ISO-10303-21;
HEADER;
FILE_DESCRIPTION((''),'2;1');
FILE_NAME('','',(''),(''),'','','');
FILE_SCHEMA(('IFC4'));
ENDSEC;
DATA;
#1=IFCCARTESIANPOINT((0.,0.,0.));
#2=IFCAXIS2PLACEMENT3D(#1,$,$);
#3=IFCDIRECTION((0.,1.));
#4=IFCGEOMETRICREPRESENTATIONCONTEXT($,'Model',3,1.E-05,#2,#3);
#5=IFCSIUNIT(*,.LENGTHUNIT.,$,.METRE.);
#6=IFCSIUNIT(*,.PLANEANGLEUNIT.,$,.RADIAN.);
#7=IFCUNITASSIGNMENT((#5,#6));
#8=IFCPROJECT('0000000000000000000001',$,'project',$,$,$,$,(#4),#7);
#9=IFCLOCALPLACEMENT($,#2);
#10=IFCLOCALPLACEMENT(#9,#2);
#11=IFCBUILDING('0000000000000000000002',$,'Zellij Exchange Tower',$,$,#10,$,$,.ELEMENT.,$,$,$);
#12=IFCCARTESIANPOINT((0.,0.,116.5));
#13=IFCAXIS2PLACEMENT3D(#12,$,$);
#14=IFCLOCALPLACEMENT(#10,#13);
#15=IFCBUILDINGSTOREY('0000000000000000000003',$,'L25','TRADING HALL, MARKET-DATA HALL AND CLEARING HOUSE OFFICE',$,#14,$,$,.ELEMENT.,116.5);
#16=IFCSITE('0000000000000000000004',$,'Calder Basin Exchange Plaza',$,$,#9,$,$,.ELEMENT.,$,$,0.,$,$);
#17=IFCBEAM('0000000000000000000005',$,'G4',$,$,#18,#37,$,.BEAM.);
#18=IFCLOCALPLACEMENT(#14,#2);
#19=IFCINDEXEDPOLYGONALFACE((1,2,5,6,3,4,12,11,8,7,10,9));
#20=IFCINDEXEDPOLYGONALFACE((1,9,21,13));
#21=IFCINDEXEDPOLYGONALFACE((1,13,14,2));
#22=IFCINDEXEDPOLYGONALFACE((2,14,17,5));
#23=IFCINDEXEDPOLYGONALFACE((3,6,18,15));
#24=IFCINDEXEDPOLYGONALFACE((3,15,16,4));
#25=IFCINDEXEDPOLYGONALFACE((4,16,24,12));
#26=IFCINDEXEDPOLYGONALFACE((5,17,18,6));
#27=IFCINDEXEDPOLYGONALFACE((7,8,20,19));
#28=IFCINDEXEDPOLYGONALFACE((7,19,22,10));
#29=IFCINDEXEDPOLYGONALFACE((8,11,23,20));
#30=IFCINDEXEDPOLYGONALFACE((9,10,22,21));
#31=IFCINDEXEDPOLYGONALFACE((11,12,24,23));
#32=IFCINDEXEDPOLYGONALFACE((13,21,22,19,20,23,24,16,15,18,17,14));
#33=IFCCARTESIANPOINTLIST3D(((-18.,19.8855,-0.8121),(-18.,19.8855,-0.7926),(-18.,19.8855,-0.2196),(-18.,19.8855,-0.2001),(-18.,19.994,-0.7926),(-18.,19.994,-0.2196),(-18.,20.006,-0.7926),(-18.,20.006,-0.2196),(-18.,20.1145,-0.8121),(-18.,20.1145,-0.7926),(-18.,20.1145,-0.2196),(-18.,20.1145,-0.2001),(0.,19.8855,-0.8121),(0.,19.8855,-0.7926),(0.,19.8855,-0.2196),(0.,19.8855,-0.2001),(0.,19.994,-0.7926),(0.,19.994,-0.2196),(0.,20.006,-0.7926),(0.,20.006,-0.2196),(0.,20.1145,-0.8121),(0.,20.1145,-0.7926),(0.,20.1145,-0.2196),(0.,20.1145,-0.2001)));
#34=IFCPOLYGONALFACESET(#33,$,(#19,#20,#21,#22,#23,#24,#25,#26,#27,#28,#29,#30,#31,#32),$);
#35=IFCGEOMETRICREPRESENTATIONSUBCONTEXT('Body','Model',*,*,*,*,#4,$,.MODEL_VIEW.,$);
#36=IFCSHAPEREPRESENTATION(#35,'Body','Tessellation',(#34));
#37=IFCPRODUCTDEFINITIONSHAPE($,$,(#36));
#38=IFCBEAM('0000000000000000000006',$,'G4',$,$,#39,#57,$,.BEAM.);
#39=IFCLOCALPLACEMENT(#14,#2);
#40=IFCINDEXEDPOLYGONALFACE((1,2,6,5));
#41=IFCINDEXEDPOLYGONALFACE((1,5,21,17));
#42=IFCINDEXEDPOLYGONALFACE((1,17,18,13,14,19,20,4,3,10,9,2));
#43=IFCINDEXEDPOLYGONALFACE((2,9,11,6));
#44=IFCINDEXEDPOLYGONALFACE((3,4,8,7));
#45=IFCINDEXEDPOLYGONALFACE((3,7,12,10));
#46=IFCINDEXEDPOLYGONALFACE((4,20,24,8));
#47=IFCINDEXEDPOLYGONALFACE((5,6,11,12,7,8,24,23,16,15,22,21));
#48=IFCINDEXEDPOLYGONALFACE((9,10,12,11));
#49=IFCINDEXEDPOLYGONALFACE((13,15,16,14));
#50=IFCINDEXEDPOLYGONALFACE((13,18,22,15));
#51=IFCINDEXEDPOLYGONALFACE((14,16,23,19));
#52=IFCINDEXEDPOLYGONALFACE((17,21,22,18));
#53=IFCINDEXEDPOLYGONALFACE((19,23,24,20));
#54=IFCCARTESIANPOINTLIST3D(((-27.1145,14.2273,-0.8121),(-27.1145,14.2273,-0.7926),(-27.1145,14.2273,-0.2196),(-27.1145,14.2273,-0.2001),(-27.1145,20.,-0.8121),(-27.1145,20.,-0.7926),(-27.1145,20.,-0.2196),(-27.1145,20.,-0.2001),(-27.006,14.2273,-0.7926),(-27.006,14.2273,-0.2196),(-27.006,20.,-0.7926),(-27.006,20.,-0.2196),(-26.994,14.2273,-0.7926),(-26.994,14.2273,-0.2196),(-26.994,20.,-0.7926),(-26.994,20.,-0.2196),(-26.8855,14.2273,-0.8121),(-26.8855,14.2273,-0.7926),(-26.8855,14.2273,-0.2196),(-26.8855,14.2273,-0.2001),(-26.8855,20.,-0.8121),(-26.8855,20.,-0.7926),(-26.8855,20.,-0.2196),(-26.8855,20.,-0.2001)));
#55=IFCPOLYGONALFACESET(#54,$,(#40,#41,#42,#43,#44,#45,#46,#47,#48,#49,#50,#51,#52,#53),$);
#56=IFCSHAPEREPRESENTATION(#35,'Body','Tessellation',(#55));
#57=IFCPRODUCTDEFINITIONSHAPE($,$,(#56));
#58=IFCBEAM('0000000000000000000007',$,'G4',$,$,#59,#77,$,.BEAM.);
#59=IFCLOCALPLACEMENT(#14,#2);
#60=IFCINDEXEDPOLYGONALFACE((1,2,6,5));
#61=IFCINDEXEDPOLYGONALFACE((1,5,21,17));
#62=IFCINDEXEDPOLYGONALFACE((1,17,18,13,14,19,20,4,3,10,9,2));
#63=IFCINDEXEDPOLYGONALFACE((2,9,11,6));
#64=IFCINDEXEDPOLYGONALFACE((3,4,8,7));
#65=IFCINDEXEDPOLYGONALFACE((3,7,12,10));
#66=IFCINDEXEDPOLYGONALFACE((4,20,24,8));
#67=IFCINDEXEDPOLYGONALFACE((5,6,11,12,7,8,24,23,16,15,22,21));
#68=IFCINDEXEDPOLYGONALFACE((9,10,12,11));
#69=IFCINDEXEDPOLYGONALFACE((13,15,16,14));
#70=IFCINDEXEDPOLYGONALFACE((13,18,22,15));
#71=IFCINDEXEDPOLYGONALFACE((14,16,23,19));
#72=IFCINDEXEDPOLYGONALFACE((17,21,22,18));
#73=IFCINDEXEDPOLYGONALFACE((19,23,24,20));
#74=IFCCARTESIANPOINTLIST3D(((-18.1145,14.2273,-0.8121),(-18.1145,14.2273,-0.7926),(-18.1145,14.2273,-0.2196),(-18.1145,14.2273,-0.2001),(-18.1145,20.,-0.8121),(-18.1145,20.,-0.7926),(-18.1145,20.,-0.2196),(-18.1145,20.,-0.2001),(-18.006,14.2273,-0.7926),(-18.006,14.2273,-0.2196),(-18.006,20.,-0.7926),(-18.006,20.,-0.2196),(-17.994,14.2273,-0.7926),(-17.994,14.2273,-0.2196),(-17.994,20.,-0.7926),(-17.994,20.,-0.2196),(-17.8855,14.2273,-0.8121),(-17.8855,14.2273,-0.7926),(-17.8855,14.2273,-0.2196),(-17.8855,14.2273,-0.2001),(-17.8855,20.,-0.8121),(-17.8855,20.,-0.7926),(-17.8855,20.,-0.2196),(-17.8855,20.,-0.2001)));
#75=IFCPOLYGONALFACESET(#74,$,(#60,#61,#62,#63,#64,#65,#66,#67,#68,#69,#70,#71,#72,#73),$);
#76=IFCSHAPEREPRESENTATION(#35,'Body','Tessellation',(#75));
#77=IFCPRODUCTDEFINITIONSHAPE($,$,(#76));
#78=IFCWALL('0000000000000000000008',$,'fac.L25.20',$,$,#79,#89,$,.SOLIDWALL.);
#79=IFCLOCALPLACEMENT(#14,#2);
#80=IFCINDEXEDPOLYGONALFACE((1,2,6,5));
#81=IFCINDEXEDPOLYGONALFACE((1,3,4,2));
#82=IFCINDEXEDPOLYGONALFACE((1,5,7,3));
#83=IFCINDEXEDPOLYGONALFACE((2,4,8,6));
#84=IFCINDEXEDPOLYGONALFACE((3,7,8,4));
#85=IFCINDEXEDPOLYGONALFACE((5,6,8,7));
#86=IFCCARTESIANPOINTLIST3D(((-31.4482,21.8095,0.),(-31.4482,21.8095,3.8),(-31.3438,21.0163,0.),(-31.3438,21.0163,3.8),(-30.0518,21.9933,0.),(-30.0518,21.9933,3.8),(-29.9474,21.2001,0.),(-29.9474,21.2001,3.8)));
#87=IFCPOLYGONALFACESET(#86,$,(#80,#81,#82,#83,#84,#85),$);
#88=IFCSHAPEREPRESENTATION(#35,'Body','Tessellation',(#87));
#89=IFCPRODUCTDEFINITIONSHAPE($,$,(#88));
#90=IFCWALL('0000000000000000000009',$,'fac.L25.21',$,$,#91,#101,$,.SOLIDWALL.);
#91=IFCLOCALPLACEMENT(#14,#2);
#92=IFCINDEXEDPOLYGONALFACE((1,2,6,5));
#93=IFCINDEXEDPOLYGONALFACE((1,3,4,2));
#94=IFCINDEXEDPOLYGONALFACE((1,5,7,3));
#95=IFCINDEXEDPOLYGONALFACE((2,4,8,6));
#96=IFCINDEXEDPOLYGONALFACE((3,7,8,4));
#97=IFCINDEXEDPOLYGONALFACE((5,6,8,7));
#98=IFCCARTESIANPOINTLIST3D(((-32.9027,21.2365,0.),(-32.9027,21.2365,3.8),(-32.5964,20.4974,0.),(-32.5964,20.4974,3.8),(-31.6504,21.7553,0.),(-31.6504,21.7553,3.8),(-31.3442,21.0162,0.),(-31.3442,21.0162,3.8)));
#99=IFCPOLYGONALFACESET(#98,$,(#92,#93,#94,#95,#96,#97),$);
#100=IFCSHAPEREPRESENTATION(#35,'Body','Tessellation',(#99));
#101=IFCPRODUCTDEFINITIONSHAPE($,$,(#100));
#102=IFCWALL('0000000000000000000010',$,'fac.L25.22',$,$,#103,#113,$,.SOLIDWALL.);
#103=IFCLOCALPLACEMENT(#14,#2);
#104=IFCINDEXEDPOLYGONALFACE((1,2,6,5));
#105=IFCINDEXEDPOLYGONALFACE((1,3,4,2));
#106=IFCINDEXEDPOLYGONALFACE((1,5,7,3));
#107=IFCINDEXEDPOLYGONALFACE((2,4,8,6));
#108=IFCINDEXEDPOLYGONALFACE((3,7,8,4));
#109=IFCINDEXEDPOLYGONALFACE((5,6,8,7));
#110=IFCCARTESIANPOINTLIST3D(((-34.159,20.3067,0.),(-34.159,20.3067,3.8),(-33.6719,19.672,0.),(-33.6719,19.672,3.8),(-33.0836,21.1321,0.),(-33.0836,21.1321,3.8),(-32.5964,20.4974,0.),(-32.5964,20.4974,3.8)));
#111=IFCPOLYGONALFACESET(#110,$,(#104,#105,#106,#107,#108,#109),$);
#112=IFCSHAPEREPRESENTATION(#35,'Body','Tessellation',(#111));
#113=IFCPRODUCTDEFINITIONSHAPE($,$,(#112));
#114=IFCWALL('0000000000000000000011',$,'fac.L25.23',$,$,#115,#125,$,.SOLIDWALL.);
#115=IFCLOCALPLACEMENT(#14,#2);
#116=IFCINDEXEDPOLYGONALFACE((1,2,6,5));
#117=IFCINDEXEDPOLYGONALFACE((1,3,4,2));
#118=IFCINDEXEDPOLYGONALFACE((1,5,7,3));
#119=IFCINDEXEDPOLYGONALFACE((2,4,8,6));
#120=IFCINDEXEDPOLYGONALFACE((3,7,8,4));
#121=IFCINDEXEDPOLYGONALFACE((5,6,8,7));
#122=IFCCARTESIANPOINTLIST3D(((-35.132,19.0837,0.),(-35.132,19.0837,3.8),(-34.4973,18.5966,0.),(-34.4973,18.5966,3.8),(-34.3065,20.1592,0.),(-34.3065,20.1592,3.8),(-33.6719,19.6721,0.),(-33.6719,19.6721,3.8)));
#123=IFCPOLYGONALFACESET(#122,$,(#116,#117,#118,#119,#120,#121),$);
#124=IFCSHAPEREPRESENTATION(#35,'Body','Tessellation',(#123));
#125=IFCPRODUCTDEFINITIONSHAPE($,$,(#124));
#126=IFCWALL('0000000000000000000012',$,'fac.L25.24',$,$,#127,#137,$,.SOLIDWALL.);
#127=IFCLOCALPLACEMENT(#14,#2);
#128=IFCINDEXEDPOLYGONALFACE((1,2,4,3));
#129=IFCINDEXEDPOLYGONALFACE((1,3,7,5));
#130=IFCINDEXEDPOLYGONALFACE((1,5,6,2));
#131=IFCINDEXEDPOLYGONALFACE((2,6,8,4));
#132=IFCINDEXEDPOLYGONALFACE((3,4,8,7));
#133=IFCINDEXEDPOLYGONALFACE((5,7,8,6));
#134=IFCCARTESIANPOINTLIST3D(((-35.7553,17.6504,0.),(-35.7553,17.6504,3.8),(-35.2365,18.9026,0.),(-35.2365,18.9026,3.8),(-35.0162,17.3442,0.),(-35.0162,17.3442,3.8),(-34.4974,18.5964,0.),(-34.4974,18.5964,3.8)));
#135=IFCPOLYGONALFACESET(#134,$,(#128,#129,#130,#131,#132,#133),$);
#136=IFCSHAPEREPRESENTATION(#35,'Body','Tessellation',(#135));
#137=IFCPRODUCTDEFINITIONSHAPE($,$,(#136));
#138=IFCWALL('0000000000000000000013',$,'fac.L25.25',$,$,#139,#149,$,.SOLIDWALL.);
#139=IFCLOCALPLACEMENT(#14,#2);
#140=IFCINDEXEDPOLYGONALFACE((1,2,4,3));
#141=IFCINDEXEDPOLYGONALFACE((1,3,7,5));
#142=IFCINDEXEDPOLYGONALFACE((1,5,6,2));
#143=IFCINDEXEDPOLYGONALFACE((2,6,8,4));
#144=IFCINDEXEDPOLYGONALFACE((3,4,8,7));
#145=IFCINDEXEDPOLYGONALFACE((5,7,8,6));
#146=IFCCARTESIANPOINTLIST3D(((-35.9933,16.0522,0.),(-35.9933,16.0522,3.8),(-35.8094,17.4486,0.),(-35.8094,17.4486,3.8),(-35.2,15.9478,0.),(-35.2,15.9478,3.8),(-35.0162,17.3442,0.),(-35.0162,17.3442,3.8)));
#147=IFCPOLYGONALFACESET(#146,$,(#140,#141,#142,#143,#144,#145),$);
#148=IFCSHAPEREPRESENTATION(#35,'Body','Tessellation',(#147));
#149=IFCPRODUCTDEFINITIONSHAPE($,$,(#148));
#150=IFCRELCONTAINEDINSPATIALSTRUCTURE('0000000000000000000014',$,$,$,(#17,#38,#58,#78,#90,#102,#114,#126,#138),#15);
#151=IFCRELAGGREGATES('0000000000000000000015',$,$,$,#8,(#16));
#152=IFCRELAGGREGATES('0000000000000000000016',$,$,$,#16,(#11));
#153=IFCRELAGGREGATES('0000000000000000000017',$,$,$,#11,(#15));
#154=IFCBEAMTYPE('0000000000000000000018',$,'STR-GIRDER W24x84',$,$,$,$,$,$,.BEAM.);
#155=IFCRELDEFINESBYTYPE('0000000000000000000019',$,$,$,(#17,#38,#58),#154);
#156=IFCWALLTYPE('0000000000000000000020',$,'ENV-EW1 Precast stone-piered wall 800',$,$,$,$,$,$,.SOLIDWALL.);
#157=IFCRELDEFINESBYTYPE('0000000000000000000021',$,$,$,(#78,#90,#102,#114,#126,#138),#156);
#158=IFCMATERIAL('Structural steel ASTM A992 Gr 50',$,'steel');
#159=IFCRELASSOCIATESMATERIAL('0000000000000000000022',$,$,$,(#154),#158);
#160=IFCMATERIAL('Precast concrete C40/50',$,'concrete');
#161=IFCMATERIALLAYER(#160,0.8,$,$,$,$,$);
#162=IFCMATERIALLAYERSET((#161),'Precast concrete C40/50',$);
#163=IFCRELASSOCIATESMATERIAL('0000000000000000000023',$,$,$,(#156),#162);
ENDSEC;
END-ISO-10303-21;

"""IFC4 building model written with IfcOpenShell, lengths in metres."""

from ifc_helpers import new_model, si_unit, direction, frame, frame_2d, origin, origin_2d, place, context, subcontext, project, spatial, rectangle, i_section, extrude, material, layer, layer_set, material_profile, profile_set, type_object, element, save


model = new_model("IFC4")

# Units and contexts
model_context = context("Model", 3, precision=1e-05, world=origin(), true_north=direction((0.0, 1.0)))
body_context = subcontext(model_context, "Body", "Model", "MODEL_VIEW")
ifc_project = project(units=[si_unit("LENGTHUNIT", "METRE"), si_unit("PLANEANGLEUNIT", "RADIAN")], contexts=[model_context])

# Site, building, storey
site_placement = place(None, origin())
site = spatial("IfcSite", under=ifc_project, at=site_placement, Name="Calder Basin Exchange Plaza", CompositionType="ELEMENT", RefElevation=0.0)
building_placement = place(site_placement, origin())
building = spatial("IfcBuilding", under=site, at=building_placement, Name="Zellij Exchange Tower", CompositionType="ELEMENT")
storey_placement = place(building_placement, frame((0.0, 0.0, 116.5)))
storey = spatial("IfcBuildingStorey", under=building, at=storey_placement, Name="L25", Description="TRADING HALL, MARKET-DATA HALL AND CLEARING HOUSE OFFICE", CompositionType="ELEMENT", Elevation=116.5)

# Beams
ifc_material_1 = material(Name="Structural steel ASTM A992 Gr 50", Category="steel")
ifc_material_profile_1 = material_profile(ifc_material_1, i_section(OverallWidth=0.229, OverallDepth=0.6121, WebThickness=0.012, FlangeThickness=0.0195, at=origin_2d()), Name="W24x84")
ifc_profile_set_1 = profile_set([ifc_material_profile_1], Name="Structural steel ASTM A992 Gr 50")
beam_type = type_object("IfcBeamType", Name="STR-GIRDER W24x84", PredefinedType="BEAM", material=ifc_profile_set_1)
beam_1_placement = place(storey_placement, frame((-18.0, 20.0, -0.5061), z_axis=(1.0, 0.0, 0.0), x_axis=(0.0, 1.0, 0.0)))
element("IfcBeam", 1, at=beam_1_placement, inside=storey, type_object=beam_type, Name="G4", PredefinedType="BEAM", context=body_context, shape_type="SweptSolid", body=[
    extrude(i_section(OverallWidth=0.229, OverallDepth=0.6121, WebThickness=0.012, FlangeThickness=0.0195, at=origin_2d()), origin(), (0.0, 0.0, 1.0), 18.0),
])
for number, where, z_axis, x_axis, name in (
    (2, (-27.0, 14.2273, -0.5061), (0.0, 1.0, 0.0), (-1.0, 0.0, 0.0), "G4"),
    (3, (-18.0, 14.2273, -0.5061), (0.0, 1.0, 0.0), (-1.0, 0.0, 0.0), "G4"),
):
    element("IfcBeam", number, at=place(storey_placement, frame(where, z_axis=z_axis, x_axis=x_axis)), inside=storey, type_object=beam_type, Name=name, PredefinedType="BEAM", context=body_context, shape_type="SweptSolid", body=[
        extrude(i_section(OverallWidth=0.229, OverallDepth=0.6121, WebThickness=0.012, FlangeThickness=0.0195, at=origin_2d()), origin(), (0.0, 0.0, 1.0), 5.7727),
    ])

# Walls
ifc_material_2 = material(Name="Precast concrete C40/50", Category="concrete")
ifc_layer_1 = layer(ifc_material_2, 0.8)
ifc_layer_set_1 = layer_set([ifc_layer_1], Name="Precast concrete C40/50")
wall_type_1 = type_object("IfcWallType", Name="ENV-EW1 Precast stone-piered wall 800", PredefinedType="SOLIDWALL", material=ifc_layer_set_1)
wall_1_placement = place(storey_placement, frame((-29.9998, 21.5967, 0.0), z_axis=(0.0, 0.0, 1.0), x_axis=(-0.991446, -0.130517, 0.0)))
element("IfcWall", 4, at=wall_1_placement, inside=storey, type_object=wall_type_1, Name="fac.L25.20", PredefinedType="SOLIDWALL", context=body_context, shape_type="SweptSolid", body=[
    extrude(rectangle(XDim=1.4084, YDim=0.8, at=frame_2d((0.7041, 0.0))), origin(), (0.0, 0.0, 1.0), 3.8),
])
wall_2_placement = place(storey_placement, frame((-31.4973, 21.3857, 0.0), z_axis=(0.0, 0.0, 1.0), x_axis=(-0.923848, -0.38276, 0.0)))
element("IfcWall", 5, at=wall_2_placement, inside=storey, type_object=wall_type_1, Name="fac.L25.21", PredefinedType="SOLIDWALL", context=body_context, shape_type="SweptSolid", body=[
    extrude(rectangle(XDim=1.3555, YDim=0.8, at=frame_2d((0.6777, 0.0))), origin(), (0.0, 0.0, 1.0), 3.8),
])
for number, where, z_axis, x_axis, name in (
    (6, (-32.8401, 20.8147, 0.0), (0.0, 0.0, 1.0), (-0.793273, -0.608866, 0.0), "fac.L25.22"),
    (7, (-33.9893, 19.9155, 0.0), (0.0, 0.0, 1.0), (-0.608866, -0.793273, 0.0), "fac.L25.23"),
):
    element("IfcWall", number, at=place(storey_placement, frame(where, z_axis=z_axis, x_axis=x_axis)), inside=storey, type_object=wall_type_1, Name=name, PredefinedType="SOLIDWALL", context=body_context, shape_type="SweptSolid", body=[
        extrude(rectangle(XDim=1.3557, YDim=0.8, at=frame_2d((0.6777, 0.0))), origin(), (0.0, 0.0, 1.0), 3.8),
    ])
wall_3_placement = place(storey_placement, frame((-34.8669, 18.7495, 0.0), z_axis=(0.0, 0.0, 1.0), x_axis=(-0.38276, -0.923848, 0.0)))
element("IfcWall", 8, at=wall_3_placement, inside=storey, type_object=wall_type_1, Name="fac.L25.24", PredefinedType="SOLIDWALL", context=body_context, shape_type="SweptSolid", body=[
    extrude(rectangle(XDim=1.3555, YDim=0.8, at=frame_2d((0.6777, 0.0))), origin(), (0.0, 0.0, 1.0), 3.8),
])
wall_4_placement = place(storey_placement, frame((-35.4128, 17.3962, 0.0), z_axis=(0.0, 0.0, 1.0), x_axis=(-0.130517, -0.991446, 0.0)))
element("IfcWall", 9, at=wall_4_placement, inside=storey, type_object=wall_type_1, Name="fac.L25.25", PredefinedType="SOLIDWALL", context=body_context, shape_type="SweptSolid", body=[
    extrude(rectangle(XDim=1.4084, YDim=0.8, at=frame_2d((0.7041, 0.0))), origin(), (0.0, 0.0, 1.0), 3.8),
])

save(model, "model.ifc")
